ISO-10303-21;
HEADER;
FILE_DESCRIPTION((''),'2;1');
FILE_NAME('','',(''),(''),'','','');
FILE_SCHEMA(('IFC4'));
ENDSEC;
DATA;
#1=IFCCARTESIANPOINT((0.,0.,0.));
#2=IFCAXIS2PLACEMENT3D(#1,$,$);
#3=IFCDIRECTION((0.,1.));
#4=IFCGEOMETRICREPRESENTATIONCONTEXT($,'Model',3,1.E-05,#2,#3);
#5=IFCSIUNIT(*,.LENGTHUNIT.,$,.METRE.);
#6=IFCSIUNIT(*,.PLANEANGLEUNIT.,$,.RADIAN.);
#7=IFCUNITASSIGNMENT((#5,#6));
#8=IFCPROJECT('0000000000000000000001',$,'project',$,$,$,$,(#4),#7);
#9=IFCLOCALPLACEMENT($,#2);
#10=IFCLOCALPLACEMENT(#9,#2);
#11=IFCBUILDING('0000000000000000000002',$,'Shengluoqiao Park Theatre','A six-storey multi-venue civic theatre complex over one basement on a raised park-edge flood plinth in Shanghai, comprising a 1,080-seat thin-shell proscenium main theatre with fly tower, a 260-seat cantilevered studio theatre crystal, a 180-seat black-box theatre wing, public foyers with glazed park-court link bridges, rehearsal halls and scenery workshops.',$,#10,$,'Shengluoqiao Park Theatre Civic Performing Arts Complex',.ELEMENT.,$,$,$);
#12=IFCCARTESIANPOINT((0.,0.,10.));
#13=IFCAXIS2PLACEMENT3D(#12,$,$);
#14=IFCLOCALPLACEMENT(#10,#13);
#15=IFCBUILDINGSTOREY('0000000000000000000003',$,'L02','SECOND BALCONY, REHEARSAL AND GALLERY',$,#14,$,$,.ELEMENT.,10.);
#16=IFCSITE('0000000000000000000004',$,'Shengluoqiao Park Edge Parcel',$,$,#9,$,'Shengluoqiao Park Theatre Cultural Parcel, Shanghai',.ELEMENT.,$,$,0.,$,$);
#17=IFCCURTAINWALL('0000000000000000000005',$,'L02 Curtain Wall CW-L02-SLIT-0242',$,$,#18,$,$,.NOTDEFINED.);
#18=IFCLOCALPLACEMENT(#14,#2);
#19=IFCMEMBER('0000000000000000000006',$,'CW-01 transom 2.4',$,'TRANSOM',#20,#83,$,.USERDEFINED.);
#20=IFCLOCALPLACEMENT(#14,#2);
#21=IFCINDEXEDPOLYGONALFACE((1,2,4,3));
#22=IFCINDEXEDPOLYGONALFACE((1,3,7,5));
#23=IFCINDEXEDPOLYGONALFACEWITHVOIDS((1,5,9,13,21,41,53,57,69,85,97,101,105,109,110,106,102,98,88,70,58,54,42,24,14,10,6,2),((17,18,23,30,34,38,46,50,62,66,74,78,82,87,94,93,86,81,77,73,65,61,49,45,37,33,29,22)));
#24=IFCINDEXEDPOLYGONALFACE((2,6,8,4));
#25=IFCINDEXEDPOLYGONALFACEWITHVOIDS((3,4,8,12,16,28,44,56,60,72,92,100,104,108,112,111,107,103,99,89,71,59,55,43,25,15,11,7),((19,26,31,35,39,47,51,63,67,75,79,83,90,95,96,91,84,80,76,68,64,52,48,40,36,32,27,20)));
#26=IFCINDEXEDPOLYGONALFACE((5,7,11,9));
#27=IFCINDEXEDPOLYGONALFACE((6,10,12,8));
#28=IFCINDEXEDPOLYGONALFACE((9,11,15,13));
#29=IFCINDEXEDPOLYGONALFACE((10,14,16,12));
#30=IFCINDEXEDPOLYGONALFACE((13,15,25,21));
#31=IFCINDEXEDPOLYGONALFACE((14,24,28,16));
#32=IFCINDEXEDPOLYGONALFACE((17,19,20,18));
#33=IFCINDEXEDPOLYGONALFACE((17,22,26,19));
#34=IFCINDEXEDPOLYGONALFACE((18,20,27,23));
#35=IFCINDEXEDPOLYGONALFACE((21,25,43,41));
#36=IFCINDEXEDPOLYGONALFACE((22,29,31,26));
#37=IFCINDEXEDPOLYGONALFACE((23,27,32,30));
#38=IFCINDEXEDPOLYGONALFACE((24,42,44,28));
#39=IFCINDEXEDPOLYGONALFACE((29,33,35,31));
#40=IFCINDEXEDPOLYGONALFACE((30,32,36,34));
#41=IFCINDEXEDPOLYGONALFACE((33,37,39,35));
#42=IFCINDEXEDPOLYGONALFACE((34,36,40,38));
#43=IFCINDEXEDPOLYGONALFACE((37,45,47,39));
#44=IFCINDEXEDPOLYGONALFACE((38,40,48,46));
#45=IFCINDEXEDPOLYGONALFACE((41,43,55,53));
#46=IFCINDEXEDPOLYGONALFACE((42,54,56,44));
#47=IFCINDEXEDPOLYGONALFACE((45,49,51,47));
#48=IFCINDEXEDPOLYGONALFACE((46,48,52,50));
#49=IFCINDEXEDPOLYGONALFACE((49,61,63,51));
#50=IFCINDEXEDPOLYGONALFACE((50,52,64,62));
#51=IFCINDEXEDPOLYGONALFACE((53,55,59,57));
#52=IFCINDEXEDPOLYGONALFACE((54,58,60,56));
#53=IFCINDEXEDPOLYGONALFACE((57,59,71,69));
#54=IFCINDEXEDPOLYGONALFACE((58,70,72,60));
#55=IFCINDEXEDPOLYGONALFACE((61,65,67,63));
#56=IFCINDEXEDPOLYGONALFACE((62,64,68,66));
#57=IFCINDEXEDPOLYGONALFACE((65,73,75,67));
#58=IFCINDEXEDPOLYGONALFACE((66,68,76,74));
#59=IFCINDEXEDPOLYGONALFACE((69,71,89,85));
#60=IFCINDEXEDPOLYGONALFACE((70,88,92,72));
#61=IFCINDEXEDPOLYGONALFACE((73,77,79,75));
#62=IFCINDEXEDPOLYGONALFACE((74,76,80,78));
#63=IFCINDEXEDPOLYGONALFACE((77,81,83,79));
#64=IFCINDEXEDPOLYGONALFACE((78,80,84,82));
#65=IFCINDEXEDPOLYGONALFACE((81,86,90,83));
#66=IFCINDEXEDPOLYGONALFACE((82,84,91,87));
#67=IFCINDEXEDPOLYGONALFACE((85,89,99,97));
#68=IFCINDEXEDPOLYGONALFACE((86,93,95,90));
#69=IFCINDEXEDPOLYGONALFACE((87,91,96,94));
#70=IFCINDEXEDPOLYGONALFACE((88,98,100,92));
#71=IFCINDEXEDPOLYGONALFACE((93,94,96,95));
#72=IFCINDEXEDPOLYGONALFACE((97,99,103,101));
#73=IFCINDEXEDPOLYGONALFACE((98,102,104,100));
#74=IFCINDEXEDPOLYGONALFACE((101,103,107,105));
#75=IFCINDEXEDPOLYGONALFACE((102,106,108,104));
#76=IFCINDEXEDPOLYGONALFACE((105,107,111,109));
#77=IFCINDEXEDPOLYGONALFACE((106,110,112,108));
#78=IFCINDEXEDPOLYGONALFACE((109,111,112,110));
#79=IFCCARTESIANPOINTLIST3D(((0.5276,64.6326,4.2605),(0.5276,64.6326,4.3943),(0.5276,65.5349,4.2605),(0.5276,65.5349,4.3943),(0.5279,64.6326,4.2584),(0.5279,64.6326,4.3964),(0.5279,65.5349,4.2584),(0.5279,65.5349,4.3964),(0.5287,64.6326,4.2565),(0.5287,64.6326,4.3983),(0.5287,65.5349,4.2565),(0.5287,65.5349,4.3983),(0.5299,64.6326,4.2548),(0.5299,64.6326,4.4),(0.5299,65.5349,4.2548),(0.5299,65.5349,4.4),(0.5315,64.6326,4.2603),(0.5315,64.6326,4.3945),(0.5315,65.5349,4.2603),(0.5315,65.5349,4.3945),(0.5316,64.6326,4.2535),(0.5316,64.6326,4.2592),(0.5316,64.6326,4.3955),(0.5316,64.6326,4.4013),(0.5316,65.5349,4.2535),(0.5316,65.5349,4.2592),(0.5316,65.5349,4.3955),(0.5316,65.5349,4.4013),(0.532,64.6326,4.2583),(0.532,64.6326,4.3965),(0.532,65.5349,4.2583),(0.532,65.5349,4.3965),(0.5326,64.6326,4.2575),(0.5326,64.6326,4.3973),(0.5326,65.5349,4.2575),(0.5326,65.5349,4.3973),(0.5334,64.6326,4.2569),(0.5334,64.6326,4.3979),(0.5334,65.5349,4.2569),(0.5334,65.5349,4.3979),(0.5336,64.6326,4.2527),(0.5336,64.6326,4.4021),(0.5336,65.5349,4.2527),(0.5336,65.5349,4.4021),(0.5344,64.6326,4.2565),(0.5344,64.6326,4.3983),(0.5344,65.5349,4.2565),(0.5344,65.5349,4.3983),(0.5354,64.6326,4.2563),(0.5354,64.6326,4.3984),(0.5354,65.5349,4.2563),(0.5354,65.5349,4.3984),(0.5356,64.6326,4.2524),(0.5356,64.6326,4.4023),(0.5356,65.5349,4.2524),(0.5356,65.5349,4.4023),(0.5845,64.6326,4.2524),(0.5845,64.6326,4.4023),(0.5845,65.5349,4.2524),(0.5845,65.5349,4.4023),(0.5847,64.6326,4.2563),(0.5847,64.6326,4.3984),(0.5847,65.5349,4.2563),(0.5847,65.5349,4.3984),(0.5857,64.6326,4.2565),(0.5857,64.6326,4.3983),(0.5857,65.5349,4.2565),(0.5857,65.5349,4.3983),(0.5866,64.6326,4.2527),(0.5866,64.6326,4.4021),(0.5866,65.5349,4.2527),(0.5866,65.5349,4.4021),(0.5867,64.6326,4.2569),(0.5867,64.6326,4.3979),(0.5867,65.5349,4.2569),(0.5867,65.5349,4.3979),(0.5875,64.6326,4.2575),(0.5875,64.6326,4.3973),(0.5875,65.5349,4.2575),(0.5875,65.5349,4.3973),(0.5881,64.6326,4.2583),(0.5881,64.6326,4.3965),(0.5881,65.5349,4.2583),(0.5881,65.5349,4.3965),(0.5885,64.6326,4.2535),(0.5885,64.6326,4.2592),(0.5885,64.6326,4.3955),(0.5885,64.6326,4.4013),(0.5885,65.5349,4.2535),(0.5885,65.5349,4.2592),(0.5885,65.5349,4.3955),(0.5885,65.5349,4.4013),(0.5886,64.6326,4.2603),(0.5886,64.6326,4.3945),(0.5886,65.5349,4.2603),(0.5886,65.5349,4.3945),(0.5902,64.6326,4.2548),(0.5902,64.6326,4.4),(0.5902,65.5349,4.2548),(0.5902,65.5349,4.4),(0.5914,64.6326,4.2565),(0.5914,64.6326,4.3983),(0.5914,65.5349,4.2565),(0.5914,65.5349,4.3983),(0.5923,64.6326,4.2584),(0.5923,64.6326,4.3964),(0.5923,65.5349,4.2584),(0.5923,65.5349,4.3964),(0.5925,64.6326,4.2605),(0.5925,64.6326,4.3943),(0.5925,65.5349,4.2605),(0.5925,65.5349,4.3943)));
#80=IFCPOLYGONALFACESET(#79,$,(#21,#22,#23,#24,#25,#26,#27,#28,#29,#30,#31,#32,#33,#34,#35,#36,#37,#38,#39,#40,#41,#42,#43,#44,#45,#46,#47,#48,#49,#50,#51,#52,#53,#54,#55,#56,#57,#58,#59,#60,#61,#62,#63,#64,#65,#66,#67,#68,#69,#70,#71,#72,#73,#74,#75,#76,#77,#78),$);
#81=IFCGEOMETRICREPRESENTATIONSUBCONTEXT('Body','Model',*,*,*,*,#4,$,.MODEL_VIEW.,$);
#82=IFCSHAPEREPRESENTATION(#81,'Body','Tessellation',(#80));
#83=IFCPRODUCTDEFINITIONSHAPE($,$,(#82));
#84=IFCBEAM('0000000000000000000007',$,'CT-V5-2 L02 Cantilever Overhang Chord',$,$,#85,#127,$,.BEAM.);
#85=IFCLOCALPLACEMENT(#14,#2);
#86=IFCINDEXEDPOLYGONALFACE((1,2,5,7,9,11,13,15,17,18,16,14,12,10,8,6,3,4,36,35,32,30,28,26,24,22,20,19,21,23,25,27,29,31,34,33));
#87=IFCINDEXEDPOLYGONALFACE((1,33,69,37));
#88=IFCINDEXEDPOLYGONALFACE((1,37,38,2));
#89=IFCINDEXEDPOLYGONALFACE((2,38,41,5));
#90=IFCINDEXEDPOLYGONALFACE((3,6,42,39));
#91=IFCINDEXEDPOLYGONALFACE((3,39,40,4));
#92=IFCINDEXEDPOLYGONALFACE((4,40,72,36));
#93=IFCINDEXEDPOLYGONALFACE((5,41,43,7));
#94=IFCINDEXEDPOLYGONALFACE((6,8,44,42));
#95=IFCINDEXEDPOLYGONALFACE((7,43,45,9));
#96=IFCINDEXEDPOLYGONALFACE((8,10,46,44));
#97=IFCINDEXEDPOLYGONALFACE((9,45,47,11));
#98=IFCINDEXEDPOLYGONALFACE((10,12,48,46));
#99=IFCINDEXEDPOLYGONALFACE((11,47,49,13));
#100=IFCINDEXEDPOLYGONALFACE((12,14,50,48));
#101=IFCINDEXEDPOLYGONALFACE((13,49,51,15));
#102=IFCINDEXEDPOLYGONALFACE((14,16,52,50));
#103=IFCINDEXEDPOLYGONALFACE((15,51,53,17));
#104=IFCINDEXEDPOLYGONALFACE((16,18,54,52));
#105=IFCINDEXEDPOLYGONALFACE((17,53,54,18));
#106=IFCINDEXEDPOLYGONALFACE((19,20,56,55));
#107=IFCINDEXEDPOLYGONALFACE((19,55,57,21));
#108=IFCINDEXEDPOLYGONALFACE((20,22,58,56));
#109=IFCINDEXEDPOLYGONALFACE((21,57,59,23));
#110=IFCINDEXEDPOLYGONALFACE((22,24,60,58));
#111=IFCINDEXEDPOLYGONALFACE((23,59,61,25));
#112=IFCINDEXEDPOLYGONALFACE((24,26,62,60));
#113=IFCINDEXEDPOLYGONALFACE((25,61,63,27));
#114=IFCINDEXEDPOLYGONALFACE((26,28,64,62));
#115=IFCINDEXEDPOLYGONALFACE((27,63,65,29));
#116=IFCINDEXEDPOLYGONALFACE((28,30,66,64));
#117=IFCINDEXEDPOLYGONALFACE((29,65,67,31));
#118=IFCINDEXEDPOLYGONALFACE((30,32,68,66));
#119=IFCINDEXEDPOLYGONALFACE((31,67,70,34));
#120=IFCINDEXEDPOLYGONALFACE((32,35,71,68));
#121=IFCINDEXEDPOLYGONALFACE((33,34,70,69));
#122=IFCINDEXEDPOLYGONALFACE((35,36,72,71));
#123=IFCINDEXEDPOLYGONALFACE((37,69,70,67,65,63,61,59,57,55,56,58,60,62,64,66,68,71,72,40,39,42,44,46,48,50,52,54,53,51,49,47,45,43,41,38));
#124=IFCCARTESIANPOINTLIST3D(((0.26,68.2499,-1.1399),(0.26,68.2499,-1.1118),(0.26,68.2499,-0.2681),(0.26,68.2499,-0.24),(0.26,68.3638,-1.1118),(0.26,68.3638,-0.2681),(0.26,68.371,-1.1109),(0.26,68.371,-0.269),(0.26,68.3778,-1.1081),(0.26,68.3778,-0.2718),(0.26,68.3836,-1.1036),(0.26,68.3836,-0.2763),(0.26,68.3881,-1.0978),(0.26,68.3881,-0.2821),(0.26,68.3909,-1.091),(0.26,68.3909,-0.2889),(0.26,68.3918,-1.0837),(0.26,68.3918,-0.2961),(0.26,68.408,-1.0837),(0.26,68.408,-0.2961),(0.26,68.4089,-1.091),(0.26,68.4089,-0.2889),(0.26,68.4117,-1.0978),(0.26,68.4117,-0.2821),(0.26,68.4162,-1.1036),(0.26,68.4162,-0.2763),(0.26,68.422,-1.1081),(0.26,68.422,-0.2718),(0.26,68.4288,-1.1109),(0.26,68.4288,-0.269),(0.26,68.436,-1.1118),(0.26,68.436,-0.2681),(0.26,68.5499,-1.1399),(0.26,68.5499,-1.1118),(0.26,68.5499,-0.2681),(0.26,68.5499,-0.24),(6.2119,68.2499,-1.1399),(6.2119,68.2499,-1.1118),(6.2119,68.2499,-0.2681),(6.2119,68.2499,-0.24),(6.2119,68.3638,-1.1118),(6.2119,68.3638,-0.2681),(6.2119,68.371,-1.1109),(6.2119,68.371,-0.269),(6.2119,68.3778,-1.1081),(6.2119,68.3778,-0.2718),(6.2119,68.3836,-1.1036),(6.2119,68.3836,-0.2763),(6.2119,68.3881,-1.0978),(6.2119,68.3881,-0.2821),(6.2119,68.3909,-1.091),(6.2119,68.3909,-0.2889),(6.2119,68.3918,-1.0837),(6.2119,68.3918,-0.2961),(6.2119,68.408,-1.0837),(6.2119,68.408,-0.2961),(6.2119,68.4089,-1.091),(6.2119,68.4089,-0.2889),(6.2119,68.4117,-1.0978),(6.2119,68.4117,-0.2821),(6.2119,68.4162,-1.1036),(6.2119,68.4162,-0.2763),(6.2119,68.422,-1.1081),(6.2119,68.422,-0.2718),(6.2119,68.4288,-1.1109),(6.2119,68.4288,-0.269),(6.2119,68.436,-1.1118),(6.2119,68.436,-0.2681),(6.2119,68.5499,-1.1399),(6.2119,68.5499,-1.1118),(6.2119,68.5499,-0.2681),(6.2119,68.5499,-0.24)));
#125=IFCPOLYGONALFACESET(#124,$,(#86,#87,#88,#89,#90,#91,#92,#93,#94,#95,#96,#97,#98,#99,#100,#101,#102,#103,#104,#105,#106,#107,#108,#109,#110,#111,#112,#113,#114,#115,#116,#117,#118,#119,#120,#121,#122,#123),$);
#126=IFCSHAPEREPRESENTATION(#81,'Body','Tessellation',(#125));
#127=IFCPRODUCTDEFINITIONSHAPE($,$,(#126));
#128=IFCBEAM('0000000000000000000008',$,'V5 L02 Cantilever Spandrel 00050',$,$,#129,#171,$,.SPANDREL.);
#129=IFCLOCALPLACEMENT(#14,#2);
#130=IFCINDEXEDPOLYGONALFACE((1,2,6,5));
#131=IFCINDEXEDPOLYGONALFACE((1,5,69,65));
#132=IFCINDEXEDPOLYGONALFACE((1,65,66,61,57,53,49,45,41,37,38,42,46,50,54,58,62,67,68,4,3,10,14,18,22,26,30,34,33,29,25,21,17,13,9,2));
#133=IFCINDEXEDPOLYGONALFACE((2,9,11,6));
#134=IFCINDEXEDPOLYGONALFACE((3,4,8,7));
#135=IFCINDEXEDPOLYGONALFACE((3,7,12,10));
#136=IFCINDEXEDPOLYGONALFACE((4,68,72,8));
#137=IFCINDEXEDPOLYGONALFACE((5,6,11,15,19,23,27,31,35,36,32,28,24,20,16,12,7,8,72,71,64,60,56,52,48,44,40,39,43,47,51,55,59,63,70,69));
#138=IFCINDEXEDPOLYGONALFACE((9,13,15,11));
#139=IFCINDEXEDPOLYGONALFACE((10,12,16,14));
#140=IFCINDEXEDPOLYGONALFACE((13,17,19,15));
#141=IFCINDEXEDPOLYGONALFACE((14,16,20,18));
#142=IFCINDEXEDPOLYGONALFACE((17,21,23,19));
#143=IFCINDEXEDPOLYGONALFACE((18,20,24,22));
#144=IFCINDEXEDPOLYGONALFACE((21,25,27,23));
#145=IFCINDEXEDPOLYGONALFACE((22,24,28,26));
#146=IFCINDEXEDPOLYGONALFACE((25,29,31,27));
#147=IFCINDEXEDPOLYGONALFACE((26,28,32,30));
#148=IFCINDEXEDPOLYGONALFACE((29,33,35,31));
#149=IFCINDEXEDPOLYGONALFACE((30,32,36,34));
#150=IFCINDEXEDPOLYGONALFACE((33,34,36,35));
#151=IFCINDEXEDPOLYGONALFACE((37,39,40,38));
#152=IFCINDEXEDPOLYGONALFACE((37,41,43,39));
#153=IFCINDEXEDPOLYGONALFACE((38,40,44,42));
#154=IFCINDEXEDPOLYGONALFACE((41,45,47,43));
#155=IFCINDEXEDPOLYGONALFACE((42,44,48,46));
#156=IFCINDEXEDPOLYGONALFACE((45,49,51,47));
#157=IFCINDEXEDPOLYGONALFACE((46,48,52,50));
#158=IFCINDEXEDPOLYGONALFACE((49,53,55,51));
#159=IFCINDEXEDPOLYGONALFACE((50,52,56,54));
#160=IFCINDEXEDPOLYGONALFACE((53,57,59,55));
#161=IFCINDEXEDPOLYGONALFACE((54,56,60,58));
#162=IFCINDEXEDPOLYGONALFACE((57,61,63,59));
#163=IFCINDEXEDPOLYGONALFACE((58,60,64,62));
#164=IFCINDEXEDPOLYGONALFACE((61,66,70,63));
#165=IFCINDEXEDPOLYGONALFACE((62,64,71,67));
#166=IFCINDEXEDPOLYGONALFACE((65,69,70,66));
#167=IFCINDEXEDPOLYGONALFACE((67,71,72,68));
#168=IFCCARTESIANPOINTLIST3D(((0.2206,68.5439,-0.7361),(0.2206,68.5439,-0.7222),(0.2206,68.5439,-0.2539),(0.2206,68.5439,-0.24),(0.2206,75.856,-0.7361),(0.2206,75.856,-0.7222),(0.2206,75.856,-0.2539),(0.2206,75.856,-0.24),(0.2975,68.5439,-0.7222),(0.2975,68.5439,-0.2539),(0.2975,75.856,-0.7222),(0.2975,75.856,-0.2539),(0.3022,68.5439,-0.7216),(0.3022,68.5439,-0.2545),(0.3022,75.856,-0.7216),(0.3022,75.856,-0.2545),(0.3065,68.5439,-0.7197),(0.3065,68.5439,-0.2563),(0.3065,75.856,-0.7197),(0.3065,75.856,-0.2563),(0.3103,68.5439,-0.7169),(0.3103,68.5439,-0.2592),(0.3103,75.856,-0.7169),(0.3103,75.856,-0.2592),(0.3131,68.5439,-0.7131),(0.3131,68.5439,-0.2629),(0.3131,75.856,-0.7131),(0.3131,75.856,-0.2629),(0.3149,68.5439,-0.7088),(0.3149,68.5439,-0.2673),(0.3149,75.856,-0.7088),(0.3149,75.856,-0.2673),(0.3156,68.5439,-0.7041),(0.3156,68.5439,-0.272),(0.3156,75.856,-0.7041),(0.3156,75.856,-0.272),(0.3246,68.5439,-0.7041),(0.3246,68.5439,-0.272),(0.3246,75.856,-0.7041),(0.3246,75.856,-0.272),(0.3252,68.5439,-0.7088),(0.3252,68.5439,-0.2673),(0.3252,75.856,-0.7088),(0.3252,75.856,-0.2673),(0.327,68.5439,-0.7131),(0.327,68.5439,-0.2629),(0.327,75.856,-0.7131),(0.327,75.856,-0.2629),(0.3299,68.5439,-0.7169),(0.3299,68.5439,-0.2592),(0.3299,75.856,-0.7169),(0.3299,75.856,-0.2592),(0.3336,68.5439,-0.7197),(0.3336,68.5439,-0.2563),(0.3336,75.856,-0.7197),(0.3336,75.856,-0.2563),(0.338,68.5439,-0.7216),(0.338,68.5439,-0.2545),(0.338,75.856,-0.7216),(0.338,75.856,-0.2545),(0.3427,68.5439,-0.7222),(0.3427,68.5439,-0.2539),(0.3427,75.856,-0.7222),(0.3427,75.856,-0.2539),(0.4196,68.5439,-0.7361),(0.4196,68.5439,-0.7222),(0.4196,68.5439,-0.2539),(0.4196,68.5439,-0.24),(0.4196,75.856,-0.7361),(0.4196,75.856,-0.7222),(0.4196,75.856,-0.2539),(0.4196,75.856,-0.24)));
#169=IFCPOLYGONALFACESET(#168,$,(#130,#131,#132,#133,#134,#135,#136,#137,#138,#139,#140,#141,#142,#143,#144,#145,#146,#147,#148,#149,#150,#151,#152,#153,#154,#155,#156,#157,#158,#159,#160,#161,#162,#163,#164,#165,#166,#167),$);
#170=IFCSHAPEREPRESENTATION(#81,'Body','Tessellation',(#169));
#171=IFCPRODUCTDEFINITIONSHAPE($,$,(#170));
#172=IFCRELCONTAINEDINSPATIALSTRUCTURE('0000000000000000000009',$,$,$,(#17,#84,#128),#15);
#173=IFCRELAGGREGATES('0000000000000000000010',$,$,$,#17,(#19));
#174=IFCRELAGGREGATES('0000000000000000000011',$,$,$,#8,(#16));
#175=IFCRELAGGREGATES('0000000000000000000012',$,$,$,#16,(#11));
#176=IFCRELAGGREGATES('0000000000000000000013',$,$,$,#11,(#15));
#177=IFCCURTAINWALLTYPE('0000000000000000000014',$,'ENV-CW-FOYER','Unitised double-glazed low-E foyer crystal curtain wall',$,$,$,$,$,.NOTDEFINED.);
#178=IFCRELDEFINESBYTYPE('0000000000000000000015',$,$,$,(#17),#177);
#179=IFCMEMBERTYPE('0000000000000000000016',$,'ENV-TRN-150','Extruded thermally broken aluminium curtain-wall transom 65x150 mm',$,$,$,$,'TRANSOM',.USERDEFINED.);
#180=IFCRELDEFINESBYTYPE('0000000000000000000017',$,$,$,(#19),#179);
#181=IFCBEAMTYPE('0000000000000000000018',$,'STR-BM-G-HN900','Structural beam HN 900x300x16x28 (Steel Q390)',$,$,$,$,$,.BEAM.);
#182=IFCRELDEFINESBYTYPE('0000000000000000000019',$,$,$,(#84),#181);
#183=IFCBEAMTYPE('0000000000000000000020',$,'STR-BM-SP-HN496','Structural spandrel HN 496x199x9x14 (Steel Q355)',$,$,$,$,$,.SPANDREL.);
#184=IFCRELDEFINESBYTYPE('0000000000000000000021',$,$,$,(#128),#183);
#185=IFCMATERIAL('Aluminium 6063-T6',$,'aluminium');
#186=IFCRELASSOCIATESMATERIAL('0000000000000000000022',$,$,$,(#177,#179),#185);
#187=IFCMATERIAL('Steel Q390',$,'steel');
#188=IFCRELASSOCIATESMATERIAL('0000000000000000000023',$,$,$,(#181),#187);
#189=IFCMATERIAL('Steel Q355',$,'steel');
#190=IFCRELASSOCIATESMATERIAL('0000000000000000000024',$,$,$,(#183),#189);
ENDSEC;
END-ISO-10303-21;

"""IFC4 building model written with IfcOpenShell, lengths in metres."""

from ifc_helpers import new_model, si_unit, direction, frame, origin, origin_2d, place, context, subcontext, project, spatial, hollow_rectangle, i_section, extrude, material, material_profile, profile_set, type_object, element, aggregate, save


model = new_model("IFC4")

# Units and contexts
model_context = context("Model", 3, precision=1e-05, world=origin(), true_north=direction((0.0, 1.0)))
body_context = subcontext(model_context, "Body", "Model", "MODEL_VIEW")
ifc_project = project(units=[si_unit("LENGTHUNIT", "METRE"), si_unit("PLANEANGLEUNIT", "RADIAN")], contexts=[model_context])

# Site, building, storey
site_placement = place(None, origin())
site = spatial("IfcSite", under=ifc_project, at=site_placement, Name="Shengluoqiao Park Edge Parcel", LongName="Shengluoqiao Park Theatre Cultural Parcel, Shanghai", CompositionType="ELEMENT", RefElevation=0.0)
building_placement = place(site_placement, origin())
building = spatial("IfcBuilding", under=site, at=building_placement, Name="Shengluoqiao Park Theatre", Description="A six-storey multi-venue civic theatre complex over one basement on a raised park-edge flood plinth in Shanghai, comprising a 1,080-seat thin-shell proscenium main theatre with fly tower, a 260-seat cantilevered studio theatre crystal, a 180-seat black-box theatre wing, public foyers with glazed park-court link bridges, rehearsal halls and scenery workshops.", LongName="Shengluoqiao Park Theatre Civic Performing Arts Complex", CompositionType="ELEMENT")
storey_placement = place(building_placement, frame((0.0, 0.0, 10.0)))
storey = spatial("IfcBuildingStorey", under=building, at=storey_placement, Name="L02", Description="SECOND BALCONY, REHEARSAL AND GALLERY", CompositionType="ELEMENT", Elevation=10.0)

# Curtain wall, member
ifc_material_1 = material(Name="Aluminium 6063-T6", Category="aluminium")
curtain_wall_type = type_object("IfcCurtainWallType", Name="ENV-CW-FOYER", Description="Unitised double-glazed low-E foyer crystal curtain wall", PredefinedType="NOTDEFINED", material=ifc_material_1)
curtain_wall_placement = place(storey_placement, origin())
curtain_wall = element("IfcCurtainWall", 1, at=curtain_wall_placement, inside=storey, type_object=curtain_wall_type, Name="L02 Curtain Wall CW-L02-SLIT-0242", PredefinedType="NOTDEFINED")
ifc_material_profile_1 = material_profile(ifc_material_1, hollow_rectangle(XDim=0.0649, YDim=0.1499, WallThickness=0.0039, InnerFilletRadius=0.0039, OuterFilletRadius=0.0081, at=origin_2d()), Name="ALU TRANSOM 150x65x4")
ifc_profile_set_1 = profile_set([ifc_material_profile_1], Name="Aluminium 6063-T6")
member_type_1 = type_object("IfcMemberType", Name="ENV-TRN-150", Description="Extruded thermally broken aluminium curtain-wall transom 65x150 mm", ElementType="TRANSOM", PredefinedType="USERDEFINED", material=ifc_profile_set_1)
member_1_placement = place(storey_placement, frame((0.5601, 64.6326, 4.3274), z_axis=(0.0, 1.0, 0.0), x_axis=(-1.0, 0.0, 0.0)))
member_1 = element("IfcMember", 2, at=member_1_placement, type_object=member_type_1, Name="CW-01 transom 2.4", ObjectType="TRANSOM", PredefinedType="USERDEFINED", context=body_context, shape_type="SweptSolid", body=[
    extrude(hollow_rectangle(XDim=0.0649, YDim=0.1499, WallThickness=0.0039, InnerFilletRadius=0.0039, OuterFilletRadius=0.0081, at=origin_2d()), origin(), (0.0, 0.0, 1.0), 0.9023),
])

# Beams
ifc_material_2 = material(Name="Steel Q390", Category="steel")
ifc_material_profile_2 = material_profile(ifc_material_2, i_section(OverallWidth=0.3, OverallDepth=0.8999, WebThickness=0.0161, FlangeThickness=0.0281, FilletRadius=0.0281, at=origin_2d()), Name="HN 900x300x16x28")
ifc_profile_set_2 = profile_set([ifc_material_profile_2], Name="Steel Q390")
beam_type_1 = type_object("IfcBeamType", Name="STR-BM-G-HN900", Description="Structural beam HN 900x300x16x28 (Steel Q390)", PredefinedType="BEAM", material=ifc_profile_set_2)
beam_1_placement = place(storey_placement, frame((0.26, 68.3999, -0.6899), z_axis=(1.0, 0.0, 0.0), x_axis=(0.0, 1.0, 0.0)))
element("IfcBeam", 3, at=beam_1_placement, inside=storey, type_object=beam_type_1, Name="CT-V5-2 L02 Cantilever Overhang Chord", PredefinedType="BEAM", context=body_context, shape_type="SweptSolid", body=[
    extrude(i_section(OverallWidth=0.3, OverallDepth=0.8999, WebThickness=0.0161, FlangeThickness=0.0281, FilletRadius=0.0281, at=origin_2d()), origin(), (0.0, 0.0, 1.0), 5.9519),
])
ifc_material_3 = material(Name="Steel Q355", Category="steel")
ifc_material_profile_3 = material_profile(ifc_material_3, i_section(OverallWidth=0.199, OverallDepth=0.4961, WebThickness=0.009, FlangeThickness=0.0139, FilletRadius=0.0181, at=origin_2d()), Name="HN 496x199x9x14")
ifc_profile_set_3 = profile_set([ifc_material_profile_3], Name="Steel Q355")
beam_type_2 = type_object("IfcBeamType", Name="STR-BM-SP-HN496", Description="Structural spandrel HN 496x199x9x14 (Steel Q355)", PredefinedType="SPANDREL", material=ifc_profile_set_3)
beam_2_placement = place(storey_placement, frame((0.3201, 68.5439, -0.488), z_axis=(0.0, 1.0, 0.0), x_axis=(-1.0, 0.0, 0.0)))
element("IfcBeam", 4, at=beam_2_placement, inside=storey, type_object=beam_type_2, Name="V5 L02 Cantilever Spandrel 00050", PredefinedType="SPANDREL", context=body_context, shape_type="SweptSolid", body=[
    extrude(i_section(OverallWidth=0.199, OverallDepth=0.4961, WebThickness=0.009, FlangeThickness=0.0139, FilletRadius=0.0181, at=origin_2d()), origin(), (0.0, 0.0, 1.0), 7.312),
])

aggregate(curtain_wall, [member_1])

save(model, "model.ifc")
